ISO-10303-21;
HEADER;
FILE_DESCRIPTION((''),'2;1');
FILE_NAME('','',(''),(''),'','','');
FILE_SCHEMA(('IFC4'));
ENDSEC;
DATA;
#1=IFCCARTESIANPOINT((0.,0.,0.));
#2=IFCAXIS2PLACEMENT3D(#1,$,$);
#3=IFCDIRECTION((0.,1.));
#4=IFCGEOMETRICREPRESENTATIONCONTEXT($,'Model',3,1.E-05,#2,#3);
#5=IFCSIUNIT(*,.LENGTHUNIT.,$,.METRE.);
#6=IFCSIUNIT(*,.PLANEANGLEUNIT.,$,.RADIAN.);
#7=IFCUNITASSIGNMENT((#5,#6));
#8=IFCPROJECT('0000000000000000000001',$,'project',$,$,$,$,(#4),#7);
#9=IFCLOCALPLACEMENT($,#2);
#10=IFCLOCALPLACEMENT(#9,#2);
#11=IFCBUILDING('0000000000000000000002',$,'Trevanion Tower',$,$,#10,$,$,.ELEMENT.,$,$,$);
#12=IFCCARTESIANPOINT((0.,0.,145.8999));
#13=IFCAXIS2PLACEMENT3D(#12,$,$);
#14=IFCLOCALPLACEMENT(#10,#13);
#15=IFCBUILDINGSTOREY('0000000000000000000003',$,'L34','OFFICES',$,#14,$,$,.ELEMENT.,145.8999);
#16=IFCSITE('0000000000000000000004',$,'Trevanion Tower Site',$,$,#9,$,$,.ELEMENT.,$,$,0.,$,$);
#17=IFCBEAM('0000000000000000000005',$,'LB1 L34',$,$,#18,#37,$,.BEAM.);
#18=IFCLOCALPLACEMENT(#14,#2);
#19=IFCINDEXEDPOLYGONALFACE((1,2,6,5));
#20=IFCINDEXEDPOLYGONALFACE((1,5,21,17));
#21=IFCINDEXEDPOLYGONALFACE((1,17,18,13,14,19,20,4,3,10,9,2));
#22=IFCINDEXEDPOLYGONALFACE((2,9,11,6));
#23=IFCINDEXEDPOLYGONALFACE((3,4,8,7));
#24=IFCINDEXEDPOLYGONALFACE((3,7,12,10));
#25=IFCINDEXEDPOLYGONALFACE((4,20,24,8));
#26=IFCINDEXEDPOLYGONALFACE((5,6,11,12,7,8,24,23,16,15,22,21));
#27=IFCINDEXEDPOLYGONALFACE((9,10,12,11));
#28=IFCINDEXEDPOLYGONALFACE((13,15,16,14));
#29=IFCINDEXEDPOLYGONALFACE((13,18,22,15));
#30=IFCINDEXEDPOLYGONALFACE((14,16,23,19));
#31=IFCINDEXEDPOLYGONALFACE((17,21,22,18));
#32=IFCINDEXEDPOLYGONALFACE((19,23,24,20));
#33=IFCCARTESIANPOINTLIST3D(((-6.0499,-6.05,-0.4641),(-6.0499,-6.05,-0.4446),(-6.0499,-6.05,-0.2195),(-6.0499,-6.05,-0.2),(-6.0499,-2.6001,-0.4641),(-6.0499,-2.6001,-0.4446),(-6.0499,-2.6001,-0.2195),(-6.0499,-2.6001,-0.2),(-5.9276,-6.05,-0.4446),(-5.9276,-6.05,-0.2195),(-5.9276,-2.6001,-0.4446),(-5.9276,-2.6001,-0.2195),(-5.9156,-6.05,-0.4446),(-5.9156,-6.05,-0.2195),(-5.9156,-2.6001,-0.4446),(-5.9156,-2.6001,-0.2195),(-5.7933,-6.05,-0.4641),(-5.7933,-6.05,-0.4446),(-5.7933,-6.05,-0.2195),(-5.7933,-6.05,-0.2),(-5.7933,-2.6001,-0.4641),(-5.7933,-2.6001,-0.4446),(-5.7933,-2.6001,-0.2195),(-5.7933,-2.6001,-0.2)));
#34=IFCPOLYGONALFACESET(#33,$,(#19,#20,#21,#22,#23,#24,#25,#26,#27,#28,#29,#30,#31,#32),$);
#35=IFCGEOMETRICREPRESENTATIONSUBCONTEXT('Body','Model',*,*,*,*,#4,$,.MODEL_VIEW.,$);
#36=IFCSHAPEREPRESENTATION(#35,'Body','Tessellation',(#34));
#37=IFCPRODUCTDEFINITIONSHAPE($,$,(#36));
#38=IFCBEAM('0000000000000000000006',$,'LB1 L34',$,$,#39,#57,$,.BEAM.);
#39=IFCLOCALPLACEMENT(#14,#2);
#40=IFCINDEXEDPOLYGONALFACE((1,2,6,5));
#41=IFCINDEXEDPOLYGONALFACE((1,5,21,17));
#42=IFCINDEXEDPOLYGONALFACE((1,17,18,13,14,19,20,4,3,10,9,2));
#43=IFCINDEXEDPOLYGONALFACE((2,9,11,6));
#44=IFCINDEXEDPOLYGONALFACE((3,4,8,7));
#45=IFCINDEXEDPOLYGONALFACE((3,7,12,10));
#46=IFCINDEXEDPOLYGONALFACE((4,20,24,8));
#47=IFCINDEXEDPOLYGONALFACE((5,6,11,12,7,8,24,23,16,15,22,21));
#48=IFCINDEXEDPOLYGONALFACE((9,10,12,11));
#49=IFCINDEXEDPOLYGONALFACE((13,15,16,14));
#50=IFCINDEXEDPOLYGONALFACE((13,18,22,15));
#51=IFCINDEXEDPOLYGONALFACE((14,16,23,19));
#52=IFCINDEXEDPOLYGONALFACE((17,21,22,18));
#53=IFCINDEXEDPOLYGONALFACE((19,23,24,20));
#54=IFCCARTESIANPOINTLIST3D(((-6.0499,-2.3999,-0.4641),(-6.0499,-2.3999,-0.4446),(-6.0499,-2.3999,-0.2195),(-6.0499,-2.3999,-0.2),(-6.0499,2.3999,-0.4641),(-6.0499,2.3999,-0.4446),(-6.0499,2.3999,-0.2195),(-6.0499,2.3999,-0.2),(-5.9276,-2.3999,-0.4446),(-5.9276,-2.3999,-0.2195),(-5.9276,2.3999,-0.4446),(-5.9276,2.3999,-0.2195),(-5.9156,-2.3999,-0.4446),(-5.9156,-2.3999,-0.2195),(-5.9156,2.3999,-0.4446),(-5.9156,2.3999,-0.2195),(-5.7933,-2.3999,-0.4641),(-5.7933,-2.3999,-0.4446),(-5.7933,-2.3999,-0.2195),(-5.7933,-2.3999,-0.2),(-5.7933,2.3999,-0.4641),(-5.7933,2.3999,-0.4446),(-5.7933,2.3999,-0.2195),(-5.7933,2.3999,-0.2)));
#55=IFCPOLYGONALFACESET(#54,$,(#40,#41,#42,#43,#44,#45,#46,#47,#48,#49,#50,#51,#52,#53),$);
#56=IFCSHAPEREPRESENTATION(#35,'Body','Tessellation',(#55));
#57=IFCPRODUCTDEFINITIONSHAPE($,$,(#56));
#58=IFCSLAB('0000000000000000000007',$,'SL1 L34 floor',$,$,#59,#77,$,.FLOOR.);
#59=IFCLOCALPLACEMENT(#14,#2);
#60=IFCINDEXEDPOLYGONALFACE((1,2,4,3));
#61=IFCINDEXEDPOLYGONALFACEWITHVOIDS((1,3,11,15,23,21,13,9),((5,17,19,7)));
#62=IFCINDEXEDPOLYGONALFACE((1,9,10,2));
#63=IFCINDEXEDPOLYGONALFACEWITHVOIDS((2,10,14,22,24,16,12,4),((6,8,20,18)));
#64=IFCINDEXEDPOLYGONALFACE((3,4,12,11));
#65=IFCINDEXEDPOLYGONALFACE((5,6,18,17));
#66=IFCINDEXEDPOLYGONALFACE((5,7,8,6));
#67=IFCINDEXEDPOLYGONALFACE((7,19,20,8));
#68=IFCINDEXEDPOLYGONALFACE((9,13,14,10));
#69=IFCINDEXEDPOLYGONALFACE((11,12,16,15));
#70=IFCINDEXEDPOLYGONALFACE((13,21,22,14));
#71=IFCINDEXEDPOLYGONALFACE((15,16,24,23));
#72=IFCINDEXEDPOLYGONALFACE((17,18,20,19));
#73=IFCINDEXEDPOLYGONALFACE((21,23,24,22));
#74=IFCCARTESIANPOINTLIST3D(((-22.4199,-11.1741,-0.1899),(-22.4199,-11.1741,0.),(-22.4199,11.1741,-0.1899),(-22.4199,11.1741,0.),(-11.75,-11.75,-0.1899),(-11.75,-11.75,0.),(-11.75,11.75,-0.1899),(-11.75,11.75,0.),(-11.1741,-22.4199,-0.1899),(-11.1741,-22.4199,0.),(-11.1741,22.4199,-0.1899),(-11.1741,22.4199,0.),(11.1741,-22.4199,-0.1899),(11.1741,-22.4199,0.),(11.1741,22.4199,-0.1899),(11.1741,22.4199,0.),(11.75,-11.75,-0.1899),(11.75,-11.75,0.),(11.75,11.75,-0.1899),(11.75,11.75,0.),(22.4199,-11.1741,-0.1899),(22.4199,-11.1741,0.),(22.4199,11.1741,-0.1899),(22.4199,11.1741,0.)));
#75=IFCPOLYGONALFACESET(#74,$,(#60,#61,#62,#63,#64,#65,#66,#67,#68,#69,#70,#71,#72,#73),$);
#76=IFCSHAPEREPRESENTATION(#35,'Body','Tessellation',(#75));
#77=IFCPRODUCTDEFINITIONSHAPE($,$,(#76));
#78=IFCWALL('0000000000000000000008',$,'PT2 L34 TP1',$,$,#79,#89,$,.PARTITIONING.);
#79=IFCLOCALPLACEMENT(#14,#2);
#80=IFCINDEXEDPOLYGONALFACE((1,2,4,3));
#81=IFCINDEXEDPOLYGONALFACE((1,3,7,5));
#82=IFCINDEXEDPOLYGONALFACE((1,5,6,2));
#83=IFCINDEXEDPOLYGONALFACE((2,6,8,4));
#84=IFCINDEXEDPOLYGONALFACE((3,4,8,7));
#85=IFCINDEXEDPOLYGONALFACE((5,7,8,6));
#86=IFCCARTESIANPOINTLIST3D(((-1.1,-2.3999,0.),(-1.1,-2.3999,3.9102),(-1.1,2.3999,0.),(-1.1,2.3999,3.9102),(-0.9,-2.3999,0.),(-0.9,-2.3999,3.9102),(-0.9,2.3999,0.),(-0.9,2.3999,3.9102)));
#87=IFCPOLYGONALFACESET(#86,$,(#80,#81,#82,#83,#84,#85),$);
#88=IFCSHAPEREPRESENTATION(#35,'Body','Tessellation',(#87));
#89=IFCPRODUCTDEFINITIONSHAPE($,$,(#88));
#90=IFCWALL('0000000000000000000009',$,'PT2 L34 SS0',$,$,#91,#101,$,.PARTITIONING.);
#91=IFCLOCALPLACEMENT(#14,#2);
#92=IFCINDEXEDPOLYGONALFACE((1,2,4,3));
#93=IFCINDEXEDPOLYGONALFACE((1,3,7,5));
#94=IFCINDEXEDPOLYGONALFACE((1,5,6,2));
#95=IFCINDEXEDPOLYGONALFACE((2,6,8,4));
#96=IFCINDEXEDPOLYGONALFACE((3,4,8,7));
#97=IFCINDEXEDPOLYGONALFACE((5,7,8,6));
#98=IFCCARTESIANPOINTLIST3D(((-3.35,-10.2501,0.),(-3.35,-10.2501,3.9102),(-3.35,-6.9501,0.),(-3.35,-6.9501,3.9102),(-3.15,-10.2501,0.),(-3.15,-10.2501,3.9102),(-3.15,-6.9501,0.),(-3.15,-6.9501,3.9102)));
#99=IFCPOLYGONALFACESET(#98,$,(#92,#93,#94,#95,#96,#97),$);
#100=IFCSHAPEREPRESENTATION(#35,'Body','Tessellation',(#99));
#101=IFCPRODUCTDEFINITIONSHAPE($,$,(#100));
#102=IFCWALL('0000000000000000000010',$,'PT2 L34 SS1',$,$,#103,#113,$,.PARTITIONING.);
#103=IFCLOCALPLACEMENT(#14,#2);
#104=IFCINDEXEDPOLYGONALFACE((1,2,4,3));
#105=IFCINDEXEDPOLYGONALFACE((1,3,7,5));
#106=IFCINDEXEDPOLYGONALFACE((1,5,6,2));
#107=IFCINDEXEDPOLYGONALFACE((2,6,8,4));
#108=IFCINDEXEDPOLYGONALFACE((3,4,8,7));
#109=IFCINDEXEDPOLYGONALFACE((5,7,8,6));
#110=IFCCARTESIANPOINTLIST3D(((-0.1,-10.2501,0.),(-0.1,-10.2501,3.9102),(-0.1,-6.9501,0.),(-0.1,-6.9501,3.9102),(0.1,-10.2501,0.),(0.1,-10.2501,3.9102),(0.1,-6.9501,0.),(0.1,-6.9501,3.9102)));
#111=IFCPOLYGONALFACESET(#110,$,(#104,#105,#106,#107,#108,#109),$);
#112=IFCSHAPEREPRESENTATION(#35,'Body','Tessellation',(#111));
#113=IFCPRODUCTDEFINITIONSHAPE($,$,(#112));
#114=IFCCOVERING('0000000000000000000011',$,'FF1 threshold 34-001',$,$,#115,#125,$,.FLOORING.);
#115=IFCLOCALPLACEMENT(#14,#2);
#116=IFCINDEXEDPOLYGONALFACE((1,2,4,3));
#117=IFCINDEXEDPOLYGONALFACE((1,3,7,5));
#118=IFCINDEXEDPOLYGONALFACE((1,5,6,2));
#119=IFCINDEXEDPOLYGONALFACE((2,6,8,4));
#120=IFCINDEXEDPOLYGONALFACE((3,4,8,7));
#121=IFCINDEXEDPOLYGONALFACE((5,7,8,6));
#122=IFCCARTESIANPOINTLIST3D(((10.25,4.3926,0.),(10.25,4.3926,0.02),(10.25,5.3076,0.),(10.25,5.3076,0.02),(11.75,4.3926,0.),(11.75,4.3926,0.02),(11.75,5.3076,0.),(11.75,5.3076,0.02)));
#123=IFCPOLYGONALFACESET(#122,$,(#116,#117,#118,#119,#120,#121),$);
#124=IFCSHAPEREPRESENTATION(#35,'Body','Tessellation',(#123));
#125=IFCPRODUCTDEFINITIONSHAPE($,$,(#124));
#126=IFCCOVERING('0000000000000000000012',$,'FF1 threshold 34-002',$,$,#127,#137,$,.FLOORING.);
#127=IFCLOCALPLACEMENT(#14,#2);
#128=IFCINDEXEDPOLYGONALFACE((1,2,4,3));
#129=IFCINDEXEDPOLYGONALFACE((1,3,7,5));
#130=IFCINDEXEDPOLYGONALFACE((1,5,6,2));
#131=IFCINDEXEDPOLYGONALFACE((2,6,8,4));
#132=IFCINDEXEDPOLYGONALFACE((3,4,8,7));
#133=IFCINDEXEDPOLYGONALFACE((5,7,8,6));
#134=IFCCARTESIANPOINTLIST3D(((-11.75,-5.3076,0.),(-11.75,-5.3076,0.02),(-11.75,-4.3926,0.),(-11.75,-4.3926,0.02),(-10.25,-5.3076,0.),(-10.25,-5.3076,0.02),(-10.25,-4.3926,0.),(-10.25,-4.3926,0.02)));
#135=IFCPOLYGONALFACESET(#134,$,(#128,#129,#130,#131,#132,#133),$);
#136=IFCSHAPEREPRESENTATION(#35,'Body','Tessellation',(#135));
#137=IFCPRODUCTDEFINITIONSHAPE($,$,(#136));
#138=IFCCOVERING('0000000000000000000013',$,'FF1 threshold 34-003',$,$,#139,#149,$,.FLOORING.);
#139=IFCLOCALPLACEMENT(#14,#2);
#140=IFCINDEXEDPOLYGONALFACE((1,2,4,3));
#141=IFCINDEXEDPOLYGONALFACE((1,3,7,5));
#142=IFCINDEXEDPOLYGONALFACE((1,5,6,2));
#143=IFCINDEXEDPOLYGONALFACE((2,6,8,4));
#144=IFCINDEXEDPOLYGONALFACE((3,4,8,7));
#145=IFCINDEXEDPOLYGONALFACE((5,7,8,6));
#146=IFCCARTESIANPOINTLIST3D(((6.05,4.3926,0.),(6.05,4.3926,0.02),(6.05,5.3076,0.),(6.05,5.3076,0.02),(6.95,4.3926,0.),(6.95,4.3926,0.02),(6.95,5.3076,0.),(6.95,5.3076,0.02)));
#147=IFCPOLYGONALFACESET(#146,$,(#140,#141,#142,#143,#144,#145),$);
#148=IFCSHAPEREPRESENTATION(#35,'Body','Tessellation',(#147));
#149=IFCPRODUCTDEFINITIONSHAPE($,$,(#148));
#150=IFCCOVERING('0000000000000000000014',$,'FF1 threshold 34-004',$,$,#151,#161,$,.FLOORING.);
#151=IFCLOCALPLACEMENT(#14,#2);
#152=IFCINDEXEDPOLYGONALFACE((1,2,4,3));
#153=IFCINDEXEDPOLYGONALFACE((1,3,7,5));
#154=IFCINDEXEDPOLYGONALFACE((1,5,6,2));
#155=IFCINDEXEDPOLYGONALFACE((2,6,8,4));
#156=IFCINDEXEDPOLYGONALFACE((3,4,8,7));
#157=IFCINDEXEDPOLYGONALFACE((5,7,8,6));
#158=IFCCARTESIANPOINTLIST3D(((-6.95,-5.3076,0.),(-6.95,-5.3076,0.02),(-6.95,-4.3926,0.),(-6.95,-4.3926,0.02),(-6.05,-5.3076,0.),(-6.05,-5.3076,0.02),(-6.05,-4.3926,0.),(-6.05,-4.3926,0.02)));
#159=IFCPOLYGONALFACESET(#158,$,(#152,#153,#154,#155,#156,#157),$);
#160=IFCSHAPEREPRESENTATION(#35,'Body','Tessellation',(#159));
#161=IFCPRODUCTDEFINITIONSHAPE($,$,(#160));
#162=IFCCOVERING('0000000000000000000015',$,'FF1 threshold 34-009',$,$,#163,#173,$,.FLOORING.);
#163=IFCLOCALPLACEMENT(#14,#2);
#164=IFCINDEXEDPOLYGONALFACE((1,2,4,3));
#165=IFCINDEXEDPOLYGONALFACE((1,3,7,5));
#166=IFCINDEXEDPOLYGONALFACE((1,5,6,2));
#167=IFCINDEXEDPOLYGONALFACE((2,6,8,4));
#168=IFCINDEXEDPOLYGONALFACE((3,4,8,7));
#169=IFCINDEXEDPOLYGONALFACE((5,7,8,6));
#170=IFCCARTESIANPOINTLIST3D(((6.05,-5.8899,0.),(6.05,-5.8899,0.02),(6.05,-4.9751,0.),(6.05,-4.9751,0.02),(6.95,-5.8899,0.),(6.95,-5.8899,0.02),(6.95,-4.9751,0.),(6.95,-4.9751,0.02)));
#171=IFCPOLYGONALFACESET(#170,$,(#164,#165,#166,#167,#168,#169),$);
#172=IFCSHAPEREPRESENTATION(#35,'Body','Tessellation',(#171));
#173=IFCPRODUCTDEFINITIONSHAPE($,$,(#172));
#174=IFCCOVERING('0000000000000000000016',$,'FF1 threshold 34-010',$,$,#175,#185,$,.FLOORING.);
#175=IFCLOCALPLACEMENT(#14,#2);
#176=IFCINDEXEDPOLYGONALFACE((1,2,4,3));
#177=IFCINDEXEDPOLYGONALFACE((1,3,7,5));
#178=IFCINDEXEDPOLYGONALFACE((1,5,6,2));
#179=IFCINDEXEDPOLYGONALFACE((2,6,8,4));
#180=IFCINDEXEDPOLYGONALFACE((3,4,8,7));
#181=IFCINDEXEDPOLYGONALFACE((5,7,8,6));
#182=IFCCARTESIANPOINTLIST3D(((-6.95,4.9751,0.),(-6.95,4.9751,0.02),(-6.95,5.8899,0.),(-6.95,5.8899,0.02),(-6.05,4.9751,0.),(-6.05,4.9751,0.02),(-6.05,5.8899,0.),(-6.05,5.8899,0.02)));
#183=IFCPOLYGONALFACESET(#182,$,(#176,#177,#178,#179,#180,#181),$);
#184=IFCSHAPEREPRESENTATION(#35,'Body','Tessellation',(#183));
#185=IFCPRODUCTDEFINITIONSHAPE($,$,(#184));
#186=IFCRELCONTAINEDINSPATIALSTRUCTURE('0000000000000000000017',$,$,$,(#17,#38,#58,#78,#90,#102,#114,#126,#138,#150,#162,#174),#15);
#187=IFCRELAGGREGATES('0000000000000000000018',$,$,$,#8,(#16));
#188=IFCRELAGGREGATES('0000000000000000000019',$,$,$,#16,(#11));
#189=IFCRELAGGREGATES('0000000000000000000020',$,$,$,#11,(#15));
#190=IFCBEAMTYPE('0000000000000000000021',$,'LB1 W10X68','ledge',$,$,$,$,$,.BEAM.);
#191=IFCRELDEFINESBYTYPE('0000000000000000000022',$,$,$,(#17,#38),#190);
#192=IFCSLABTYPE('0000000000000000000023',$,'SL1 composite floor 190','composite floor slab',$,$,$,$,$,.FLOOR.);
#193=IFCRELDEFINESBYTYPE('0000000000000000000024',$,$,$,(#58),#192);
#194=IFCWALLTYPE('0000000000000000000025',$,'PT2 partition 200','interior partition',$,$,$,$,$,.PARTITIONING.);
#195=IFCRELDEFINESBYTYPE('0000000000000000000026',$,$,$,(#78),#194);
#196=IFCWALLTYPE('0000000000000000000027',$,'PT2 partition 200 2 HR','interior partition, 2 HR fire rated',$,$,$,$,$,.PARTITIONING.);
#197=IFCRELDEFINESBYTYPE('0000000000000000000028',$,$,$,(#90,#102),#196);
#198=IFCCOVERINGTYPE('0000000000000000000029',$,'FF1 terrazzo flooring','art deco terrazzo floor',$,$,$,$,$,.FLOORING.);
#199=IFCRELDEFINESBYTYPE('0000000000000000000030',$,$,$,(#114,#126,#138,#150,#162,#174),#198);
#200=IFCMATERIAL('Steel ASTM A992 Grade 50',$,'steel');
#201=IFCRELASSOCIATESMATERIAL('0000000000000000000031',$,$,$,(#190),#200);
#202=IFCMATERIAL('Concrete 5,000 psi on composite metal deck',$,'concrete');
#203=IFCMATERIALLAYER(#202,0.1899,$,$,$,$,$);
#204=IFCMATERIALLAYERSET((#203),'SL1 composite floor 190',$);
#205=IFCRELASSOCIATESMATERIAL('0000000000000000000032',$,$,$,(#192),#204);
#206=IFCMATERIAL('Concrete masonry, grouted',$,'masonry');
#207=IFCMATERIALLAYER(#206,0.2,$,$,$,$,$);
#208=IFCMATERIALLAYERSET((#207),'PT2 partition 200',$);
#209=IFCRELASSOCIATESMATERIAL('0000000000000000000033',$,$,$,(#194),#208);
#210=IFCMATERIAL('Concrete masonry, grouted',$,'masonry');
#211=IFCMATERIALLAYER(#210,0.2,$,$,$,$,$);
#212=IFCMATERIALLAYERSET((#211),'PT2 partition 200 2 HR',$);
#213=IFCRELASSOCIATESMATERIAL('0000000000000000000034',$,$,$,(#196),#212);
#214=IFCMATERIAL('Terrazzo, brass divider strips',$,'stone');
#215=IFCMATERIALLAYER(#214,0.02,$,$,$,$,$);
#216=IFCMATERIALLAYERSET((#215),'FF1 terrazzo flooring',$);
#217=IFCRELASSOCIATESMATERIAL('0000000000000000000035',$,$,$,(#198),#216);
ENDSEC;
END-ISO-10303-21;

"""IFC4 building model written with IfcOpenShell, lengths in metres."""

from ifc_helpers import new_model, si_unit, direction, frame, frame_2d, origin, origin_2d, place, context, subcontext, project, spatial, polyline, rectangle, i_section, outline, extrude, material, layer, layer_set, material_profile, profile_set, type_object, element, save


model = new_model("IFC4")

# Units and contexts
model_context = context("Model", 3, precision=1e-05, world=origin(), true_north=direction((0.0, 1.0)))
body_context = subcontext(model_context, "Body", "Model", "MODEL_VIEW")
ifc_project = project(units=[si_unit("LENGTHUNIT", "METRE"), si_unit("PLANEANGLEUNIT", "RADIAN")], contexts=[model_context])

# Site, building, storey
site_placement = place(None, origin())
site = spatial("IfcSite", under=ifc_project, at=site_placement, Name="Trevanion Tower Site", CompositionType="ELEMENT", RefElevation=0.0)
building_placement = place(site_placement, origin())
building = spatial("IfcBuilding", under=site, at=building_placement, Name="Trevanion Tower", CompositionType="ELEMENT")
storey_placement = place(building_placement, frame((0.0, 0.0, 145.8999)))
storey = spatial("IfcBuildingStorey", under=building, at=storey_placement, Name="L34", Description="OFFICES", CompositionType="ELEMENT", Elevation=145.8999)

# Beams
ifc_material_1 = material(Name="Steel ASTM A992 Grade 50", Category="steel")
ifc_material_profile = material_profile(ifc_material_1, i_section(OverallWidth=0.2566, OverallDepth=0.2642, WebThickness=0.012, FlangeThickness=0.0195, at=origin_2d()), Name="W10X68")
ifc_profile_set = profile_set([ifc_material_profile], Name="Steel ASTM A992 Grade 50")
beam_type = type_object("IfcBeamType", Name="LB1 W10X68", Description="ledge", PredefinedType="BEAM", material=ifc_profile_set)
beam_1_placement = place(storey_placement, frame((-5.9216, -6.05, -0.332), z_axis=(0.0, 1.0, 0.0), x_axis=(-1.0, 0.0, 0.0)))
element("IfcBeam", 1, at=beam_1_placement, inside=storey, type_object=beam_type, Name="LB1 L34", PredefinedType="BEAM", context=body_context, shape_type="SweptSolid", body=[
    extrude(i_section(OverallWidth=0.2566, OverallDepth=0.2642, WebThickness=0.012, FlangeThickness=0.0195, at=origin_2d()), origin(), (0.0, 0.0, 1.0), 3.45),
])
beam_2_placement = place(storey_placement, frame((-5.9216, -2.3999, -0.332), z_axis=(0.0, 1.0, 0.0), x_axis=(-1.0, 0.0, 0.0)))
element("IfcBeam", 2, at=beam_2_placement, inside=storey, type_object=beam_type, Name="LB1 L34", PredefinedType="BEAM", context=body_context, shape_type="SweptSolid", body=[
    extrude(i_section(OverallWidth=0.2566, OverallDepth=0.2642, WebThickness=0.012, FlangeThickness=0.0195, at=origin_2d()), origin(), (0.0, 0.0, 1.0), 4.7998),
])

# Slab
ifc_material_2 = material(Name="Concrete 5,000 psi on composite metal deck", Category="concrete")
ifc_layer_1 = layer(ifc_material_2, 0.1899)
ifc_layer_set_1 = layer_set([ifc_layer_1], Name="SL1 composite floor 190")
slab_type = type_object("IfcSlabType", Name="SL1 composite floor 190", Description="composite floor slab", PredefinedType="FLOOR", material=ifc_layer_set_1)
slab_placement = place(storey_placement, frame((0.0, 0.0, -0.1899)))
element("IfcSlab", 3, at=slab_placement, inside=storey, type_object=slab_type, Name="SL1 L34 floor", PredefinedType="FLOOR", context=body_context, shape_type="SweptSolid", body=[
    extrude(outline(polyline([(22.4199, -11.1741), (22.4199, 11.1741), (11.1741, 22.4199), (-11.1741, 22.4199), (-22.4199, 11.1741), (-22.4199, -11.1741), (-11.1741, -22.4199), (11.1741, -22.4199), (22.4199, -11.1741)]), holes=[polyline([(11.75, -11.75), (11.75, 11.75), (-11.75, 11.75), (-11.75, -11.75), (11.75, -11.75)])]), origin(), (0.0, 0.0, 1.0), 0.1899),
])

# Walls
ifc_material_3 = material(Name="Concrete masonry, grouted", Category="masonry")
ifc_layer_2 = layer(ifc_material_3, 0.2)
ifc_layer_set_2 = layer_set([ifc_layer_2], Name="PT2 partition 200")
wall_type_1 = type_object("IfcWallType", Name="PT2 partition 200", Description="interior partition", PredefinedType="PARTITIONING", material=ifc_layer_set_2)
wall_placement = place(storey_placement, frame((-1.0, -2.3999, 0.0), z_axis=(0.0, 0.0, 1.0), x_axis=(0.0, 1.0, 0.0)))
element("IfcWall", 4, at=wall_placement, inside=storey, type_object=wall_type_1, Name="PT2 L34 TP1", PredefinedType="PARTITIONING", context=body_context, shape_type="SweptSolid", body=[
    extrude(rectangle(XDim=4.7998, YDim=0.2, at=frame_2d((2.3999, 0.0))), origin(), (0.0, 0.0, 1.0), 3.9102),
])
ifc_material_4 = material(Name="Concrete masonry, grouted", Category="masonry")
ifc_layer_3 = layer(ifc_material_4, 0.2)
ifc_layer_set_3 = layer_set([ifc_layer_3], Name="PT2 partition 200 2 HR")
wall_type_2 = type_object("IfcWallType", Name="PT2 partition 200 2 HR", Description="interior partition, 2 HR fire rated", PredefinedType="PARTITIONING", material=ifc_layer_set_3)
for number, where, z_axis, x_axis, name in (
    (5, (-3.25, -10.25, 0.0), (0.0, 0.0, 1.0), (0.0, 1.0, 0.0), "PT2 L34 SS0"),
    (6, (0.0, -10.25, 0.0), (0.0, 0.0, 1.0), (0.0, 1.0, 0.0), "PT2 L34 SS1"),
):
    element("IfcWall", number, at=place(storey_placement, frame(where, z_axis=z_axis, x_axis=x_axis)), inside=storey, type_object=wall_type_2, Name=name, PredefinedType="PARTITIONING", context=body_context, shape_type="SweptSolid", body=[
        extrude(rectangle(XDim=3.3, YDim=0.2, at=frame_2d((1.6499, 0.0))), origin(), (0.0, 0.0, 1.0), 3.9102),
    ])

# Coverings
ifc_material_5 = material(Name="Terrazzo, brass divider strips", Category="stone")
ifc_layer_4 = layer(ifc_material_5, 0.02)
ifc_layer_set_4 = layer_set([ifc_layer_4], Name="FF1 terrazzo flooring")
covering_type = type_object("IfcCoveringType", Name="FF1 terrazzo flooring", Description="art deco terrazzo floor", PredefinedType="FLOORING", material=ifc_layer_set_4)
covering_1_placement = place(storey_placement, origin())
element("IfcCovering", 7, at=covering_1_placement, inside=storey, type_object=covering_type, Name="FF1 threshold 34-001", PredefinedType="FLOORING", context=body_context, shape_type="SweptSolid", body=[
    extrude(outline(polyline([(11.75, 4.3926), (11.75, 5.3076), (10.25, 5.3076), (10.25, 4.3926), (11.75, 4.3926)])), origin(), (0.0, 0.0, 1.0), 0.02),
])
covering_2_placement = place(storey_placement, origin())
element("IfcCovering", 8, at=covering_2_placement, inside=storey, type_object=covering_type, Name="FF1 threshold 34-002", PredefinedType="FLOORING", context=body_context, shape_type="SweptSolid", body=[
    extrude(outline(polyline([(-11.75, -4.3926), (-11.75, -5.3076), (-10.25, -5.3076), (-10.25, -4.3926), (-11.75, -4.3926)])), origin(), (0.0, 0.0, 1.0), 0.02),
])
covering_3_placement = place(storey_placement, origin())
element("IfcCovering", 9, at=covering_3_placement, inside=storey, type_object=covering_type, Name="FF1 threshold 34-003", PredefinedType="FLOORING", context=body_context, shape_type="SweptSolid", body=[
    extrude(outline(polyline([(6.95, 4.3926), (6.95, 5.3076), (6.05, 5.3076), (6.05, 4.3926), (6.95, 4.3926)])), origin(), (0.0, 0.0, 1.0), 0.02),
])
covering_4_placement = place(storey_placement, origin())
element("IfcCovering", 10, at=covering_4_placement, inside=storey, type_object=covering_type, Name="FF1 threshold 34-004", PredefinedType="FLOORING", context=body_context, shape_type="SweptSolid", body=[
    extrude(outline(polyline([(-6.95, -4.3926), (-6.95, -5.3076), (-6.05, -5.3076), (-6.05, -4.3926), (-6.95, -4.3926)])), origin(), (0.0, 0.0, 1.0), 0.02),
])
covering_5_placement = place(storey_placement, origin())
element("IfcCovering", 11, at=covering_5_placement, inside=storey, type_object=covering_type, Name="FF1 threshold 34-009", PredefinedType="FLOORING", context=body_context, shape_type="SweptSolid", body=[
    extrude(outline(polyline([(6.95, -5.8899), (6.95, -4.9751), (6.05, -4.9751), (6.05, -5.8899), (6.95, -5.8899)])), origin(), (0.0, 0.0, 1.0), 0.02),
])
covering_6_placement = place(storey_placement, origin())
element("IfcCovering", 12, at=covering_6_placement, inside=storey, type_object=covering_type, Name="FF1 threshold 34-010", PredefinedType="FLOORING", context=body_context, shape_type="SweptSolid", body=[
    extrude(outline(polyline([(-6.95, 5.8899), (-6.95, 4.9751), (-6.05, 4.9751), (-6.05, 5.8899), (-6.95, 5.8899)])), origin(), (0.0, 0.0, 1.0), 0.02),
])

save(model, "model.ifc")
